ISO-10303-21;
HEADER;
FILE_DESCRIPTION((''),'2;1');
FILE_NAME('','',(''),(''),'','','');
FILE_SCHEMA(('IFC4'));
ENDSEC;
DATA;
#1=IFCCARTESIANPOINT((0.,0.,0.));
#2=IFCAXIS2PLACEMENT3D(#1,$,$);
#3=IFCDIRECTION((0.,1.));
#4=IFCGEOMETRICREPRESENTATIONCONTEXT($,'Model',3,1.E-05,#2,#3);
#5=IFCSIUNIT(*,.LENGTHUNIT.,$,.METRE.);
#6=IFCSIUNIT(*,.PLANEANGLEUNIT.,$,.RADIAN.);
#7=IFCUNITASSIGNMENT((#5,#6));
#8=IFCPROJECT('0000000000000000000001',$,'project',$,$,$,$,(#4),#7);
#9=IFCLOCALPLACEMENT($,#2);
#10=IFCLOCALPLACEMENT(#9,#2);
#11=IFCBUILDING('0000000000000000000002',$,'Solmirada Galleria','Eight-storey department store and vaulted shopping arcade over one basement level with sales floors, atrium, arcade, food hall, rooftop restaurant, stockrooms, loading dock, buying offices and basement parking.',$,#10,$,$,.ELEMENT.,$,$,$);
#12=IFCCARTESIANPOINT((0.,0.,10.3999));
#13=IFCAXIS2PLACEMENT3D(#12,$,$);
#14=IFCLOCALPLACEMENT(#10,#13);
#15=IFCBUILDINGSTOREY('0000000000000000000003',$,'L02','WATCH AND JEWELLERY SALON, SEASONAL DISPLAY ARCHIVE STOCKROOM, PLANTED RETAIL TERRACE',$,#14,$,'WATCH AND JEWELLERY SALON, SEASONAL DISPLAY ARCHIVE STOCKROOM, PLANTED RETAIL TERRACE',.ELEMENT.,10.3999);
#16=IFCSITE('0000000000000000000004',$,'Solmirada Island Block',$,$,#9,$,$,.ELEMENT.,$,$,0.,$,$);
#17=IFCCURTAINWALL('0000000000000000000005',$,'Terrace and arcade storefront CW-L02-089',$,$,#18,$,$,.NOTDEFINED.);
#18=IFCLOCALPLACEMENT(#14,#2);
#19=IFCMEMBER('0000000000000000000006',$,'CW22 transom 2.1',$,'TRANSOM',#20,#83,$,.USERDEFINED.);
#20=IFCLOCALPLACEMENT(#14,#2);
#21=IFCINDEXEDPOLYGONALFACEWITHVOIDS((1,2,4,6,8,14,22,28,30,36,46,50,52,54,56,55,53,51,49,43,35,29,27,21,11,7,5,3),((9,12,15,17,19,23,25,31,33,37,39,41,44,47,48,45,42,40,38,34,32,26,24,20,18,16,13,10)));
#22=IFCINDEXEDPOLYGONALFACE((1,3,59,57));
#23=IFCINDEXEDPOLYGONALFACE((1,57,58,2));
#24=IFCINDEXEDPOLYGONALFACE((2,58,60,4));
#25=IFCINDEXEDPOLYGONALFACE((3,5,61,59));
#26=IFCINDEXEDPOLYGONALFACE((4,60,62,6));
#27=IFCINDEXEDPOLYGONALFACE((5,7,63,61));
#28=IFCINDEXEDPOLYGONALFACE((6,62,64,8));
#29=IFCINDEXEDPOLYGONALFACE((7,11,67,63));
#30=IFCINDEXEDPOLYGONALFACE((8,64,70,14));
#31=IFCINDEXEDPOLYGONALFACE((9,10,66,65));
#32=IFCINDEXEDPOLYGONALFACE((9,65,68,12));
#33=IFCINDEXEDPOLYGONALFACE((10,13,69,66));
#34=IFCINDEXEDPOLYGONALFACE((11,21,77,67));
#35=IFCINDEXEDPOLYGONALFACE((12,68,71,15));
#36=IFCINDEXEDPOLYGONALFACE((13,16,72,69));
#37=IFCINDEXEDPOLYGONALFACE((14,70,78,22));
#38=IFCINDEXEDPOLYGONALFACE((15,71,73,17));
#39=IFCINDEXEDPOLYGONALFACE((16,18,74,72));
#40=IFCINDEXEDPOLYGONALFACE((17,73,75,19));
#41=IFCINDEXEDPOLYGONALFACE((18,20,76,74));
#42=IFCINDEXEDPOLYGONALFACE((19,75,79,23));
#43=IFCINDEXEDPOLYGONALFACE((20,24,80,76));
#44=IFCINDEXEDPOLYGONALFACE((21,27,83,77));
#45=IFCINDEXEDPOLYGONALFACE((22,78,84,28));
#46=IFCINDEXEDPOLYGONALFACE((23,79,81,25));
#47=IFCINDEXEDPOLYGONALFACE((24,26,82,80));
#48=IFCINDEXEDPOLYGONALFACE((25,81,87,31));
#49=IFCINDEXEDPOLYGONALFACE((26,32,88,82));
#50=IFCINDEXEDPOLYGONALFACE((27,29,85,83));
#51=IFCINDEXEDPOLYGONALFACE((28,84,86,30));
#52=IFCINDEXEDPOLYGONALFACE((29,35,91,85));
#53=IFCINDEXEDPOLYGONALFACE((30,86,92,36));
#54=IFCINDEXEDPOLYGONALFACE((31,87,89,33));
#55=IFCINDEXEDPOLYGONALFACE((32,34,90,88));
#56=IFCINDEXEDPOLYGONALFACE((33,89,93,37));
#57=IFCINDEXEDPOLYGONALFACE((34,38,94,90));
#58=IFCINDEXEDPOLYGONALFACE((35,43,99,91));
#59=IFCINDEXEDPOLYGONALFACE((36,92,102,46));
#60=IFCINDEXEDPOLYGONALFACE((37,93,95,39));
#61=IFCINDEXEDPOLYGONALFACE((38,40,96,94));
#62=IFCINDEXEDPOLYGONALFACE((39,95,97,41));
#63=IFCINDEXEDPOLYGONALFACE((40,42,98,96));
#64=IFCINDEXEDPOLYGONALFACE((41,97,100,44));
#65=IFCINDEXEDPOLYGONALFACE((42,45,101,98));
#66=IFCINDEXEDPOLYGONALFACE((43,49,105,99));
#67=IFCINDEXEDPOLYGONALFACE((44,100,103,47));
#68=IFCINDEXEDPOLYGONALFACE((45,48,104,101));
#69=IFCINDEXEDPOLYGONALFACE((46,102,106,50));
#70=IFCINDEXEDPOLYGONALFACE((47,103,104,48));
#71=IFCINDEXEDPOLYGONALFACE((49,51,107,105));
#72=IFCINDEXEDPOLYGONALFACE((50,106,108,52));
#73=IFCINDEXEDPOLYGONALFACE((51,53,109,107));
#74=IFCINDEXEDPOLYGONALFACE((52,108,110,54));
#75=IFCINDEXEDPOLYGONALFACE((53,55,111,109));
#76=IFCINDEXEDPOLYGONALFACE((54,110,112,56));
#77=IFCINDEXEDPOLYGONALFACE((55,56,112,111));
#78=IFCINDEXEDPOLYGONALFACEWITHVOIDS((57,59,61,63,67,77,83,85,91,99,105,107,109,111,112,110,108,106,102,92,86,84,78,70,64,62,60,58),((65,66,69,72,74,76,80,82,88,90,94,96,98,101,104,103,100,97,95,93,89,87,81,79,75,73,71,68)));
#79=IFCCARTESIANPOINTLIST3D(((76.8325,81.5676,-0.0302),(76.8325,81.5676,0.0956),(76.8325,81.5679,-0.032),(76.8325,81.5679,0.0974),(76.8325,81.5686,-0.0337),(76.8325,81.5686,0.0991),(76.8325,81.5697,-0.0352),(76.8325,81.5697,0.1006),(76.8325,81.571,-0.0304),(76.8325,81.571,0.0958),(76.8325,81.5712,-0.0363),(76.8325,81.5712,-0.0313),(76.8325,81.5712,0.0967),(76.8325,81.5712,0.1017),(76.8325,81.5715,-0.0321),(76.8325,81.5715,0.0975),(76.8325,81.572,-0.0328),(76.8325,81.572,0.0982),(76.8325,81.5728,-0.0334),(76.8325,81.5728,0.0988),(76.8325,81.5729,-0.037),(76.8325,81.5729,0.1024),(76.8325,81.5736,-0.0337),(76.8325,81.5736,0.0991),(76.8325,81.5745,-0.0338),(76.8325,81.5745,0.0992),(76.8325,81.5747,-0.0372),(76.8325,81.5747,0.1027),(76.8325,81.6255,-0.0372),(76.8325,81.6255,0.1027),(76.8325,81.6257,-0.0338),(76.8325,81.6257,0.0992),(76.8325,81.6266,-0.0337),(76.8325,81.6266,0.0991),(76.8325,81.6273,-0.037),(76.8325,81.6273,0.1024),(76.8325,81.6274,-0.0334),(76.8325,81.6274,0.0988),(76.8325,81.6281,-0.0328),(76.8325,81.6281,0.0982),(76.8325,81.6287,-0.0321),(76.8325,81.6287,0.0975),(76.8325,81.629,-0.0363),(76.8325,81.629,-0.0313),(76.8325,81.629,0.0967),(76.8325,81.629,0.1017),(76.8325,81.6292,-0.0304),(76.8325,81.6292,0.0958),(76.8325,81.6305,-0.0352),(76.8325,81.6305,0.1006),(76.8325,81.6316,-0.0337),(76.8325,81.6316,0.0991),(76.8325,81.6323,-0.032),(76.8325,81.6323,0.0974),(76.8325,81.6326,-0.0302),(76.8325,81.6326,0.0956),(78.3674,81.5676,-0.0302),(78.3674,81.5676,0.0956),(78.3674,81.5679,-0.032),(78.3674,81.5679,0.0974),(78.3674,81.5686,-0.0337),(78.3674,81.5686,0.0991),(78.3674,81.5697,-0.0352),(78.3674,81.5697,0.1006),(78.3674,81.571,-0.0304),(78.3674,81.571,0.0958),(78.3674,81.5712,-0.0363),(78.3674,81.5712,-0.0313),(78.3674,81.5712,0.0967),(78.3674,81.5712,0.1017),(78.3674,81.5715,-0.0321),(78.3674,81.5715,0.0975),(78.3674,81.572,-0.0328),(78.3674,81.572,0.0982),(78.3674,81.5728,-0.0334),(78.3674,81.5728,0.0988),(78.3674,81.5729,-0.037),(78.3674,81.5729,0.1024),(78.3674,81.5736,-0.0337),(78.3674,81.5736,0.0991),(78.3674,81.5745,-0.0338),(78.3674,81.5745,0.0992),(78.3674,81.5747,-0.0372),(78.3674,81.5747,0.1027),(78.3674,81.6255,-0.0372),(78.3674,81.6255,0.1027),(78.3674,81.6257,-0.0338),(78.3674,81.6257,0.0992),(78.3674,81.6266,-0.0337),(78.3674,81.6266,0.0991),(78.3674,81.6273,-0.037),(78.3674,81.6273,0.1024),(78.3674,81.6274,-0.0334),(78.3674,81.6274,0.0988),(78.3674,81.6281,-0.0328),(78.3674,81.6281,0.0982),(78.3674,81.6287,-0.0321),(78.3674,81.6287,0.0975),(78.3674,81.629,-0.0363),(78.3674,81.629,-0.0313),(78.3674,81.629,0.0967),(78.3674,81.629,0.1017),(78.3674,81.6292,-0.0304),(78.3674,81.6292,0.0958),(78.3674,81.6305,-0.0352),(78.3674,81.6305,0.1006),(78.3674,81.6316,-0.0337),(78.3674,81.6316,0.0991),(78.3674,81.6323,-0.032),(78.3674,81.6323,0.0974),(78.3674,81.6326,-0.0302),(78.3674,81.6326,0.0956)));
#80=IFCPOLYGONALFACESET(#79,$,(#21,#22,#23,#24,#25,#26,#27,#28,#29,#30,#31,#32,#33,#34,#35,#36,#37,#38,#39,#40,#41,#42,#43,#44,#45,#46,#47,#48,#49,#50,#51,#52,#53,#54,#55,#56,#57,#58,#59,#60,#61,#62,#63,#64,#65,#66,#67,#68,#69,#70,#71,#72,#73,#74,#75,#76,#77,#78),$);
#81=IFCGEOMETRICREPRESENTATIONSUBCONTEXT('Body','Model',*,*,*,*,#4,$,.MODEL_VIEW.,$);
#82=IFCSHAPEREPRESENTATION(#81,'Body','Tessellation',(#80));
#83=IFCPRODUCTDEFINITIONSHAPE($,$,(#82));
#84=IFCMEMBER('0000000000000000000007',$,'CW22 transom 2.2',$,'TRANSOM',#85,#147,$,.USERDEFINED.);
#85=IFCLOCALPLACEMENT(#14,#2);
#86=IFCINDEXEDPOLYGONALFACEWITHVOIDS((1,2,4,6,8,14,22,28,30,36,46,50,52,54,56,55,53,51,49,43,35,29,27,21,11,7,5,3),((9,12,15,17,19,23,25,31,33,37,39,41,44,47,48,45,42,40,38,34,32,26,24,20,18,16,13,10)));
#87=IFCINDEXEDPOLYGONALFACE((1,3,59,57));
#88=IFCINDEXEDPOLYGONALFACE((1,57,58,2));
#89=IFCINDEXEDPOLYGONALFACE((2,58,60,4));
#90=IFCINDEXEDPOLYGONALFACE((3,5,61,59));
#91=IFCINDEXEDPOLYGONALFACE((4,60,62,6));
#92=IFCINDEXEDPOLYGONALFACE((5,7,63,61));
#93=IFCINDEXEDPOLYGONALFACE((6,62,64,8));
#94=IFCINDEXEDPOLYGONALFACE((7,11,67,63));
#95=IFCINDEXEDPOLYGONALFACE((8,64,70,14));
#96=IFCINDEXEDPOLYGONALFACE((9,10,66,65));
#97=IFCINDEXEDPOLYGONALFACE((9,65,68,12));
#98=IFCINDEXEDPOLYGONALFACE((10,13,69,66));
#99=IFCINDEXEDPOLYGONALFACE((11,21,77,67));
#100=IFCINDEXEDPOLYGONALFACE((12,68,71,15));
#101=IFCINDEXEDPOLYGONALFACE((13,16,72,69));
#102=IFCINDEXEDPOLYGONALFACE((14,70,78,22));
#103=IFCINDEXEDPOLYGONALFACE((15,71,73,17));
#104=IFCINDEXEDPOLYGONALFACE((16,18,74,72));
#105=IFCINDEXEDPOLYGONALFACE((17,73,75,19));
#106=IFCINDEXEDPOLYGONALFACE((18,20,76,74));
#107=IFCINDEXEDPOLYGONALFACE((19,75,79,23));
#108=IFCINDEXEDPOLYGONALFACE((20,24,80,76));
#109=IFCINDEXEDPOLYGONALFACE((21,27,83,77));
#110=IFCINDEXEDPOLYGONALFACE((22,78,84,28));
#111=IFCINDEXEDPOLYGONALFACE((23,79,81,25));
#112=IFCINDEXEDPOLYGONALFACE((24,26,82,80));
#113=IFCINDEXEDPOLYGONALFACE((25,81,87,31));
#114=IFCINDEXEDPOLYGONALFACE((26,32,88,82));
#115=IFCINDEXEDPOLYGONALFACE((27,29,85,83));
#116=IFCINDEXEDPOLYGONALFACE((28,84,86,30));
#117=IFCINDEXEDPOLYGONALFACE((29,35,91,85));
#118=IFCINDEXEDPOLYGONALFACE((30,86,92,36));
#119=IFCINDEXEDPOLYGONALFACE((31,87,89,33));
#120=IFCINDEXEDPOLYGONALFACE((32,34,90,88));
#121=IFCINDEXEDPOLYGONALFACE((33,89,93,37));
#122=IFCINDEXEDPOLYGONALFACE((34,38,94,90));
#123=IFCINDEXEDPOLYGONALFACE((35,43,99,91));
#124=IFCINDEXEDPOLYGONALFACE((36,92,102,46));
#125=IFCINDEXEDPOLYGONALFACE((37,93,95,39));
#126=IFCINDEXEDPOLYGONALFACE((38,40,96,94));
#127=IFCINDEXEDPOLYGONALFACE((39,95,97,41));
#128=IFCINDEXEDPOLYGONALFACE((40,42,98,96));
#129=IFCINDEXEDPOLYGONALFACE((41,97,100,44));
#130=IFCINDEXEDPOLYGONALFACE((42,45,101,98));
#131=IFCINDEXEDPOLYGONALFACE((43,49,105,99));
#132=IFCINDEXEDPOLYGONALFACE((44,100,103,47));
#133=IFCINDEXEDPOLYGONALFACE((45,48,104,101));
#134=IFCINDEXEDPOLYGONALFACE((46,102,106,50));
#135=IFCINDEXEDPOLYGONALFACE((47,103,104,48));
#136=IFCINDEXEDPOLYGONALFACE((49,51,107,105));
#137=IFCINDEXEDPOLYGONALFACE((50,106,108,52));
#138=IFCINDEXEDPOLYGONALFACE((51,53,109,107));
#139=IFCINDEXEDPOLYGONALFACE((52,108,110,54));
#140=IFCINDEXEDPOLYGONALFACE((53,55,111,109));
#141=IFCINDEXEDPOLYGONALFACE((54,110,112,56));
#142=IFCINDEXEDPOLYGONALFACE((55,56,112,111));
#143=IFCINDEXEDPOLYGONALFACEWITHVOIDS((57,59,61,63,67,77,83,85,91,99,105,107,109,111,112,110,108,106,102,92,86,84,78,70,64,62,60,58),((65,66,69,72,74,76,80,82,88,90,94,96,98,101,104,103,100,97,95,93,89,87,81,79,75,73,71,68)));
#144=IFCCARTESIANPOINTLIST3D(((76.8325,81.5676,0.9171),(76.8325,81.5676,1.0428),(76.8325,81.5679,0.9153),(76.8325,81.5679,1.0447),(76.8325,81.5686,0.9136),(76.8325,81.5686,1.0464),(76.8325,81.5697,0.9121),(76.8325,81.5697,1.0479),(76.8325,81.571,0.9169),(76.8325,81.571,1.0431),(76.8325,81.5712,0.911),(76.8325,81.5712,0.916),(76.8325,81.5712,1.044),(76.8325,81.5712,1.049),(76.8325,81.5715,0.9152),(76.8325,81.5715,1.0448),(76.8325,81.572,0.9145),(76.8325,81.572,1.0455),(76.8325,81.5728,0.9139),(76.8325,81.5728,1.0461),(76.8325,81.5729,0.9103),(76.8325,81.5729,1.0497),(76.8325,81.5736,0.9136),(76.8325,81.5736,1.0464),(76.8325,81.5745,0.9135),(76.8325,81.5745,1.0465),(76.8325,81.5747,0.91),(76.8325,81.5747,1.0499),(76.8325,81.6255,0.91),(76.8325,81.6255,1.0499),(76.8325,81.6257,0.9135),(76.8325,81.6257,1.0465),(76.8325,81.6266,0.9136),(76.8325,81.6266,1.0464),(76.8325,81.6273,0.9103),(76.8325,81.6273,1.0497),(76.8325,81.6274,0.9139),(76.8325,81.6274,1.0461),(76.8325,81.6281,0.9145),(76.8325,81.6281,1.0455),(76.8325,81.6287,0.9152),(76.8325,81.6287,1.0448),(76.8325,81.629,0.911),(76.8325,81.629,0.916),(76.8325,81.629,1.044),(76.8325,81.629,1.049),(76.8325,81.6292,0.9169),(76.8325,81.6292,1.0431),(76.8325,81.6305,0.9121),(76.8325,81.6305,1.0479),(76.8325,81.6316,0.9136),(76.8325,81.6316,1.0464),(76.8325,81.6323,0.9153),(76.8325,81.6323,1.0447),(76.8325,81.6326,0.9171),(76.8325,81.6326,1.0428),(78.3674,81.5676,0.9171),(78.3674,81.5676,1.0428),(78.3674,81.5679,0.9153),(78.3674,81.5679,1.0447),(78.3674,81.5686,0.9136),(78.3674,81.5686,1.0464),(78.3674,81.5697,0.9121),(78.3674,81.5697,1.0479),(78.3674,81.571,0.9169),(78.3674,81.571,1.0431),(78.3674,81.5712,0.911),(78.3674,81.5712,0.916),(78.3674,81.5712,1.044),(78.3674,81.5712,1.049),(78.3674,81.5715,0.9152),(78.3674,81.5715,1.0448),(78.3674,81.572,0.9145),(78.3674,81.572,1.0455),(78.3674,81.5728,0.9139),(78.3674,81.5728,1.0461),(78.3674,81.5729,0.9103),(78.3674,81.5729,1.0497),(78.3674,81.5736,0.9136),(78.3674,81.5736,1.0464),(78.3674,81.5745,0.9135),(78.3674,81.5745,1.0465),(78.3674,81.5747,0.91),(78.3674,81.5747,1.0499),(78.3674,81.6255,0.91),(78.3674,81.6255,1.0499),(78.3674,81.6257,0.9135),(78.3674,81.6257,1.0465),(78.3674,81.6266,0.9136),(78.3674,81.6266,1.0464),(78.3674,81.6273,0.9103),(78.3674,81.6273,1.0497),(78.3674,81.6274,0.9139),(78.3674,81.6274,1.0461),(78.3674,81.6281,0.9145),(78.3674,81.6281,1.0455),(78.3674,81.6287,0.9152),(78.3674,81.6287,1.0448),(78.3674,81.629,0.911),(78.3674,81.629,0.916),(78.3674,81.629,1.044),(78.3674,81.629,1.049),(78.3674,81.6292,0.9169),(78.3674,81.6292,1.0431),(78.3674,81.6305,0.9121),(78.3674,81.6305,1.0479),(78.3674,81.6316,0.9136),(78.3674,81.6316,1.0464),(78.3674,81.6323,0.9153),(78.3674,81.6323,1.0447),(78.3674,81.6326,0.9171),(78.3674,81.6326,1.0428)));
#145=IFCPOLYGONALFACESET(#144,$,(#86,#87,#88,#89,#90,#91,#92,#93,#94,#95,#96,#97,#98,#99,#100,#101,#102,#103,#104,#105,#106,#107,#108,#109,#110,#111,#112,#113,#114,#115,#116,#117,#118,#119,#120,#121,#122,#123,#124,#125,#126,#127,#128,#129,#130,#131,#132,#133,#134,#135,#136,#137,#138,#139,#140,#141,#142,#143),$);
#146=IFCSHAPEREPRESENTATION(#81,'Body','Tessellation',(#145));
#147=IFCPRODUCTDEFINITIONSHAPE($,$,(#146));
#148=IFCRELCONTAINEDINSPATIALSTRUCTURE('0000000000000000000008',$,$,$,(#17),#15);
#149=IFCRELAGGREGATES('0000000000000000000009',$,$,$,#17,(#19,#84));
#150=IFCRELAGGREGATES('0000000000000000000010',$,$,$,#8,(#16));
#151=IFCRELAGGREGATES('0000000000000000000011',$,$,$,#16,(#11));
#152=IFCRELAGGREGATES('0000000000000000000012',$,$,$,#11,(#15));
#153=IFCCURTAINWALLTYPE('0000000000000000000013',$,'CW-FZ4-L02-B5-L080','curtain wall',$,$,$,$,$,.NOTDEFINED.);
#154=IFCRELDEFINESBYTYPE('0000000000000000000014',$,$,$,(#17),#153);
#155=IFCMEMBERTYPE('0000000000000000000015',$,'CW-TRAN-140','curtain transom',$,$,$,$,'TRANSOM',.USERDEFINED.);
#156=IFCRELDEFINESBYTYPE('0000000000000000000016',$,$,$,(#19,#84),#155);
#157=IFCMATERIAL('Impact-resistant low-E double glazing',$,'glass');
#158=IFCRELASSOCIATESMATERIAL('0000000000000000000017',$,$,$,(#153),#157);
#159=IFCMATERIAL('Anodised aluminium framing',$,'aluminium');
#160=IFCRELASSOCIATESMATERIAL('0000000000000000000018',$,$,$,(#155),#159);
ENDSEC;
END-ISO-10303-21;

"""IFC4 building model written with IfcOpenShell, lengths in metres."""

from ifc_helpers import new_model, si_unit, direction, frame, origin, origin_2d, place, context, subcontext, project, spatial, hollow_rectangle, extrude, material, material_profile, profile_set, type_object, element, aggregate, save


model = new_model("IFC4")

# Units and contexts
model_context = context("Model", 3, precision=1e-05, world=origin(), true_north=direction((0.0, 1.0)))
body_context = subcontext(model_context, "Body", "Model", "MODEL_VIEW")
ifc_project = project(units=[si_unit("LENGTHUNIT", "METRE"), si_unit("PLANEANGLEUNIT", "RADIAN")], contexts=[model_context])

# Site, building, storey
site_placement = place(None, origin())
site = spatial("IfcSite", under=ifc_project, at=site_placement, Name="Solmirada Island Block", CompositionType="ELEMENT", RefElevation=0.0)
building_placement = place(site_placement, origin())
building = spatial("IfcBuilding", under=site, at=building_placement, Name="Solmirada Galleria", Description="Eight-storey department store and vaulted shopping arcade over one basement level with sales floors, atrium, arcade, food hall, rooftop restaurant, stockrooms, loading dock, buying offices and basement parking.", CompositionType="ELEMENT")
storey_placement = place(building_placement, frame((0.0, 0.0, 10.3999)))
storey = spatial("IfcBuildingStorey", under=building, at=storey_placement, Name="L02", Description="WATCH AND JEWELLERY SALON, SEASONAL DISPLAY ARCHIVE STOCKROOM, PLANTED RETAIL TERRACE", LongName="WATCH AND JEWELLERY SALON, SEASONAL DISPLAY ARCHIVE STOCKROOM, PLANTED RETAIL TERRACE", CompositionType="ELEMENT", Elevation=10.3999)

# Shared definitions
ifc_material_1 = material(Name="Impact-resistant low-E double glazing", Category="glass")
curtain_wall_type = type_object("IfcCurtainWallType", Name="CW-FZ4-L02-B5-L080", Description="curtain wall", PredefinedType="NOTDEFINED", material=ifc_material_1)
ifc_material_2 = material(Name="Anodised aluminium framing", Category="aluminium")

# Curtain wall, members
curtain_wall_1_placement = place(storey_placement, origin())
curtain_wall_1 = element("IfcCurtainWall", 1, at=curtain_wall_1_placement, inside=storey, type_object=curtain_wall_type, Name="Terrace and arcade storefront CW-L02-089", PredefinedType="NOTDEFINED")
ifc_material_profile_1 = material_profile(ifc_material_2, hollow_rectangle(XDim=0.0649, YDim=0.1399, WallThickness=0.0034, InnerFilletRadius=0.0034, OuterFilletRadius=0.0071, at=origin_2d()), Name="ALU-TRAN-140X65")
ifc_profile_set_1 = profile_set([ifc_material_profile_1], Name="Anodised aluminium framing")
member_type_1 = type_object("IfcMemberType", Name="CW-TRAN-140", Description="curtain transom", ElementType="TRANSOM", PredefinedType="USERDEFINED", material=ifc_profile_set_1)
member_1_placement = place(storey_placement, frame((78.3674, 81.6001, 0.0327), z_axis=(-1.0, 0.0, 0.0), x_axis=(0.0, -1.0, 0.0)))
member_1 = element("IfcMember", 2, at=member_1_placement, type_object=member_type_1, Name="CW22 transom 2.1", ObjectType="TRANSOM", PredefinedType="USERDEFINED", context=body_context, shape_type="SweptSolid", body=[
    extrude(hollow_rectangle(XDim=0.0649, YDim=0.1399, WallThickness=0.0034, InnerFilletRadius=0.0034, OuterFilletRadius=0.0071, at=origin_2d()), origin(), (0.0, 0.0, 1.0), 1.5349),
])
member_2_placement = place(storey_placement, frame((78.3674, 81.6001, 0.98), z_axis=(-1.0, 0.0, 0.0), x_axis=(0.0, -1.0, 0.0)))
member_2 = element("IfcMember", 3, at=member_2_placement, type_object=member_type_1, Name="CW22 transom 2.2", ObjectType="TRANSOM", PredefinedType="USERDEFINED", context=body_context, shape_type="SweptSolid", body=[
    extrude(hollow_rectangle(XDim=0.0649, YDim=0.1399, WallThickness=0.0034, InnerFilletRadius=0.0034, OuterFilletRadius=0.0071, at=origin_2d()), origin(), (0.0, 0.0, 1.0), 1.5349),
])

aggregate(curtain_wall_1, [member_1, member_2])

save(model, "model.ifc")
